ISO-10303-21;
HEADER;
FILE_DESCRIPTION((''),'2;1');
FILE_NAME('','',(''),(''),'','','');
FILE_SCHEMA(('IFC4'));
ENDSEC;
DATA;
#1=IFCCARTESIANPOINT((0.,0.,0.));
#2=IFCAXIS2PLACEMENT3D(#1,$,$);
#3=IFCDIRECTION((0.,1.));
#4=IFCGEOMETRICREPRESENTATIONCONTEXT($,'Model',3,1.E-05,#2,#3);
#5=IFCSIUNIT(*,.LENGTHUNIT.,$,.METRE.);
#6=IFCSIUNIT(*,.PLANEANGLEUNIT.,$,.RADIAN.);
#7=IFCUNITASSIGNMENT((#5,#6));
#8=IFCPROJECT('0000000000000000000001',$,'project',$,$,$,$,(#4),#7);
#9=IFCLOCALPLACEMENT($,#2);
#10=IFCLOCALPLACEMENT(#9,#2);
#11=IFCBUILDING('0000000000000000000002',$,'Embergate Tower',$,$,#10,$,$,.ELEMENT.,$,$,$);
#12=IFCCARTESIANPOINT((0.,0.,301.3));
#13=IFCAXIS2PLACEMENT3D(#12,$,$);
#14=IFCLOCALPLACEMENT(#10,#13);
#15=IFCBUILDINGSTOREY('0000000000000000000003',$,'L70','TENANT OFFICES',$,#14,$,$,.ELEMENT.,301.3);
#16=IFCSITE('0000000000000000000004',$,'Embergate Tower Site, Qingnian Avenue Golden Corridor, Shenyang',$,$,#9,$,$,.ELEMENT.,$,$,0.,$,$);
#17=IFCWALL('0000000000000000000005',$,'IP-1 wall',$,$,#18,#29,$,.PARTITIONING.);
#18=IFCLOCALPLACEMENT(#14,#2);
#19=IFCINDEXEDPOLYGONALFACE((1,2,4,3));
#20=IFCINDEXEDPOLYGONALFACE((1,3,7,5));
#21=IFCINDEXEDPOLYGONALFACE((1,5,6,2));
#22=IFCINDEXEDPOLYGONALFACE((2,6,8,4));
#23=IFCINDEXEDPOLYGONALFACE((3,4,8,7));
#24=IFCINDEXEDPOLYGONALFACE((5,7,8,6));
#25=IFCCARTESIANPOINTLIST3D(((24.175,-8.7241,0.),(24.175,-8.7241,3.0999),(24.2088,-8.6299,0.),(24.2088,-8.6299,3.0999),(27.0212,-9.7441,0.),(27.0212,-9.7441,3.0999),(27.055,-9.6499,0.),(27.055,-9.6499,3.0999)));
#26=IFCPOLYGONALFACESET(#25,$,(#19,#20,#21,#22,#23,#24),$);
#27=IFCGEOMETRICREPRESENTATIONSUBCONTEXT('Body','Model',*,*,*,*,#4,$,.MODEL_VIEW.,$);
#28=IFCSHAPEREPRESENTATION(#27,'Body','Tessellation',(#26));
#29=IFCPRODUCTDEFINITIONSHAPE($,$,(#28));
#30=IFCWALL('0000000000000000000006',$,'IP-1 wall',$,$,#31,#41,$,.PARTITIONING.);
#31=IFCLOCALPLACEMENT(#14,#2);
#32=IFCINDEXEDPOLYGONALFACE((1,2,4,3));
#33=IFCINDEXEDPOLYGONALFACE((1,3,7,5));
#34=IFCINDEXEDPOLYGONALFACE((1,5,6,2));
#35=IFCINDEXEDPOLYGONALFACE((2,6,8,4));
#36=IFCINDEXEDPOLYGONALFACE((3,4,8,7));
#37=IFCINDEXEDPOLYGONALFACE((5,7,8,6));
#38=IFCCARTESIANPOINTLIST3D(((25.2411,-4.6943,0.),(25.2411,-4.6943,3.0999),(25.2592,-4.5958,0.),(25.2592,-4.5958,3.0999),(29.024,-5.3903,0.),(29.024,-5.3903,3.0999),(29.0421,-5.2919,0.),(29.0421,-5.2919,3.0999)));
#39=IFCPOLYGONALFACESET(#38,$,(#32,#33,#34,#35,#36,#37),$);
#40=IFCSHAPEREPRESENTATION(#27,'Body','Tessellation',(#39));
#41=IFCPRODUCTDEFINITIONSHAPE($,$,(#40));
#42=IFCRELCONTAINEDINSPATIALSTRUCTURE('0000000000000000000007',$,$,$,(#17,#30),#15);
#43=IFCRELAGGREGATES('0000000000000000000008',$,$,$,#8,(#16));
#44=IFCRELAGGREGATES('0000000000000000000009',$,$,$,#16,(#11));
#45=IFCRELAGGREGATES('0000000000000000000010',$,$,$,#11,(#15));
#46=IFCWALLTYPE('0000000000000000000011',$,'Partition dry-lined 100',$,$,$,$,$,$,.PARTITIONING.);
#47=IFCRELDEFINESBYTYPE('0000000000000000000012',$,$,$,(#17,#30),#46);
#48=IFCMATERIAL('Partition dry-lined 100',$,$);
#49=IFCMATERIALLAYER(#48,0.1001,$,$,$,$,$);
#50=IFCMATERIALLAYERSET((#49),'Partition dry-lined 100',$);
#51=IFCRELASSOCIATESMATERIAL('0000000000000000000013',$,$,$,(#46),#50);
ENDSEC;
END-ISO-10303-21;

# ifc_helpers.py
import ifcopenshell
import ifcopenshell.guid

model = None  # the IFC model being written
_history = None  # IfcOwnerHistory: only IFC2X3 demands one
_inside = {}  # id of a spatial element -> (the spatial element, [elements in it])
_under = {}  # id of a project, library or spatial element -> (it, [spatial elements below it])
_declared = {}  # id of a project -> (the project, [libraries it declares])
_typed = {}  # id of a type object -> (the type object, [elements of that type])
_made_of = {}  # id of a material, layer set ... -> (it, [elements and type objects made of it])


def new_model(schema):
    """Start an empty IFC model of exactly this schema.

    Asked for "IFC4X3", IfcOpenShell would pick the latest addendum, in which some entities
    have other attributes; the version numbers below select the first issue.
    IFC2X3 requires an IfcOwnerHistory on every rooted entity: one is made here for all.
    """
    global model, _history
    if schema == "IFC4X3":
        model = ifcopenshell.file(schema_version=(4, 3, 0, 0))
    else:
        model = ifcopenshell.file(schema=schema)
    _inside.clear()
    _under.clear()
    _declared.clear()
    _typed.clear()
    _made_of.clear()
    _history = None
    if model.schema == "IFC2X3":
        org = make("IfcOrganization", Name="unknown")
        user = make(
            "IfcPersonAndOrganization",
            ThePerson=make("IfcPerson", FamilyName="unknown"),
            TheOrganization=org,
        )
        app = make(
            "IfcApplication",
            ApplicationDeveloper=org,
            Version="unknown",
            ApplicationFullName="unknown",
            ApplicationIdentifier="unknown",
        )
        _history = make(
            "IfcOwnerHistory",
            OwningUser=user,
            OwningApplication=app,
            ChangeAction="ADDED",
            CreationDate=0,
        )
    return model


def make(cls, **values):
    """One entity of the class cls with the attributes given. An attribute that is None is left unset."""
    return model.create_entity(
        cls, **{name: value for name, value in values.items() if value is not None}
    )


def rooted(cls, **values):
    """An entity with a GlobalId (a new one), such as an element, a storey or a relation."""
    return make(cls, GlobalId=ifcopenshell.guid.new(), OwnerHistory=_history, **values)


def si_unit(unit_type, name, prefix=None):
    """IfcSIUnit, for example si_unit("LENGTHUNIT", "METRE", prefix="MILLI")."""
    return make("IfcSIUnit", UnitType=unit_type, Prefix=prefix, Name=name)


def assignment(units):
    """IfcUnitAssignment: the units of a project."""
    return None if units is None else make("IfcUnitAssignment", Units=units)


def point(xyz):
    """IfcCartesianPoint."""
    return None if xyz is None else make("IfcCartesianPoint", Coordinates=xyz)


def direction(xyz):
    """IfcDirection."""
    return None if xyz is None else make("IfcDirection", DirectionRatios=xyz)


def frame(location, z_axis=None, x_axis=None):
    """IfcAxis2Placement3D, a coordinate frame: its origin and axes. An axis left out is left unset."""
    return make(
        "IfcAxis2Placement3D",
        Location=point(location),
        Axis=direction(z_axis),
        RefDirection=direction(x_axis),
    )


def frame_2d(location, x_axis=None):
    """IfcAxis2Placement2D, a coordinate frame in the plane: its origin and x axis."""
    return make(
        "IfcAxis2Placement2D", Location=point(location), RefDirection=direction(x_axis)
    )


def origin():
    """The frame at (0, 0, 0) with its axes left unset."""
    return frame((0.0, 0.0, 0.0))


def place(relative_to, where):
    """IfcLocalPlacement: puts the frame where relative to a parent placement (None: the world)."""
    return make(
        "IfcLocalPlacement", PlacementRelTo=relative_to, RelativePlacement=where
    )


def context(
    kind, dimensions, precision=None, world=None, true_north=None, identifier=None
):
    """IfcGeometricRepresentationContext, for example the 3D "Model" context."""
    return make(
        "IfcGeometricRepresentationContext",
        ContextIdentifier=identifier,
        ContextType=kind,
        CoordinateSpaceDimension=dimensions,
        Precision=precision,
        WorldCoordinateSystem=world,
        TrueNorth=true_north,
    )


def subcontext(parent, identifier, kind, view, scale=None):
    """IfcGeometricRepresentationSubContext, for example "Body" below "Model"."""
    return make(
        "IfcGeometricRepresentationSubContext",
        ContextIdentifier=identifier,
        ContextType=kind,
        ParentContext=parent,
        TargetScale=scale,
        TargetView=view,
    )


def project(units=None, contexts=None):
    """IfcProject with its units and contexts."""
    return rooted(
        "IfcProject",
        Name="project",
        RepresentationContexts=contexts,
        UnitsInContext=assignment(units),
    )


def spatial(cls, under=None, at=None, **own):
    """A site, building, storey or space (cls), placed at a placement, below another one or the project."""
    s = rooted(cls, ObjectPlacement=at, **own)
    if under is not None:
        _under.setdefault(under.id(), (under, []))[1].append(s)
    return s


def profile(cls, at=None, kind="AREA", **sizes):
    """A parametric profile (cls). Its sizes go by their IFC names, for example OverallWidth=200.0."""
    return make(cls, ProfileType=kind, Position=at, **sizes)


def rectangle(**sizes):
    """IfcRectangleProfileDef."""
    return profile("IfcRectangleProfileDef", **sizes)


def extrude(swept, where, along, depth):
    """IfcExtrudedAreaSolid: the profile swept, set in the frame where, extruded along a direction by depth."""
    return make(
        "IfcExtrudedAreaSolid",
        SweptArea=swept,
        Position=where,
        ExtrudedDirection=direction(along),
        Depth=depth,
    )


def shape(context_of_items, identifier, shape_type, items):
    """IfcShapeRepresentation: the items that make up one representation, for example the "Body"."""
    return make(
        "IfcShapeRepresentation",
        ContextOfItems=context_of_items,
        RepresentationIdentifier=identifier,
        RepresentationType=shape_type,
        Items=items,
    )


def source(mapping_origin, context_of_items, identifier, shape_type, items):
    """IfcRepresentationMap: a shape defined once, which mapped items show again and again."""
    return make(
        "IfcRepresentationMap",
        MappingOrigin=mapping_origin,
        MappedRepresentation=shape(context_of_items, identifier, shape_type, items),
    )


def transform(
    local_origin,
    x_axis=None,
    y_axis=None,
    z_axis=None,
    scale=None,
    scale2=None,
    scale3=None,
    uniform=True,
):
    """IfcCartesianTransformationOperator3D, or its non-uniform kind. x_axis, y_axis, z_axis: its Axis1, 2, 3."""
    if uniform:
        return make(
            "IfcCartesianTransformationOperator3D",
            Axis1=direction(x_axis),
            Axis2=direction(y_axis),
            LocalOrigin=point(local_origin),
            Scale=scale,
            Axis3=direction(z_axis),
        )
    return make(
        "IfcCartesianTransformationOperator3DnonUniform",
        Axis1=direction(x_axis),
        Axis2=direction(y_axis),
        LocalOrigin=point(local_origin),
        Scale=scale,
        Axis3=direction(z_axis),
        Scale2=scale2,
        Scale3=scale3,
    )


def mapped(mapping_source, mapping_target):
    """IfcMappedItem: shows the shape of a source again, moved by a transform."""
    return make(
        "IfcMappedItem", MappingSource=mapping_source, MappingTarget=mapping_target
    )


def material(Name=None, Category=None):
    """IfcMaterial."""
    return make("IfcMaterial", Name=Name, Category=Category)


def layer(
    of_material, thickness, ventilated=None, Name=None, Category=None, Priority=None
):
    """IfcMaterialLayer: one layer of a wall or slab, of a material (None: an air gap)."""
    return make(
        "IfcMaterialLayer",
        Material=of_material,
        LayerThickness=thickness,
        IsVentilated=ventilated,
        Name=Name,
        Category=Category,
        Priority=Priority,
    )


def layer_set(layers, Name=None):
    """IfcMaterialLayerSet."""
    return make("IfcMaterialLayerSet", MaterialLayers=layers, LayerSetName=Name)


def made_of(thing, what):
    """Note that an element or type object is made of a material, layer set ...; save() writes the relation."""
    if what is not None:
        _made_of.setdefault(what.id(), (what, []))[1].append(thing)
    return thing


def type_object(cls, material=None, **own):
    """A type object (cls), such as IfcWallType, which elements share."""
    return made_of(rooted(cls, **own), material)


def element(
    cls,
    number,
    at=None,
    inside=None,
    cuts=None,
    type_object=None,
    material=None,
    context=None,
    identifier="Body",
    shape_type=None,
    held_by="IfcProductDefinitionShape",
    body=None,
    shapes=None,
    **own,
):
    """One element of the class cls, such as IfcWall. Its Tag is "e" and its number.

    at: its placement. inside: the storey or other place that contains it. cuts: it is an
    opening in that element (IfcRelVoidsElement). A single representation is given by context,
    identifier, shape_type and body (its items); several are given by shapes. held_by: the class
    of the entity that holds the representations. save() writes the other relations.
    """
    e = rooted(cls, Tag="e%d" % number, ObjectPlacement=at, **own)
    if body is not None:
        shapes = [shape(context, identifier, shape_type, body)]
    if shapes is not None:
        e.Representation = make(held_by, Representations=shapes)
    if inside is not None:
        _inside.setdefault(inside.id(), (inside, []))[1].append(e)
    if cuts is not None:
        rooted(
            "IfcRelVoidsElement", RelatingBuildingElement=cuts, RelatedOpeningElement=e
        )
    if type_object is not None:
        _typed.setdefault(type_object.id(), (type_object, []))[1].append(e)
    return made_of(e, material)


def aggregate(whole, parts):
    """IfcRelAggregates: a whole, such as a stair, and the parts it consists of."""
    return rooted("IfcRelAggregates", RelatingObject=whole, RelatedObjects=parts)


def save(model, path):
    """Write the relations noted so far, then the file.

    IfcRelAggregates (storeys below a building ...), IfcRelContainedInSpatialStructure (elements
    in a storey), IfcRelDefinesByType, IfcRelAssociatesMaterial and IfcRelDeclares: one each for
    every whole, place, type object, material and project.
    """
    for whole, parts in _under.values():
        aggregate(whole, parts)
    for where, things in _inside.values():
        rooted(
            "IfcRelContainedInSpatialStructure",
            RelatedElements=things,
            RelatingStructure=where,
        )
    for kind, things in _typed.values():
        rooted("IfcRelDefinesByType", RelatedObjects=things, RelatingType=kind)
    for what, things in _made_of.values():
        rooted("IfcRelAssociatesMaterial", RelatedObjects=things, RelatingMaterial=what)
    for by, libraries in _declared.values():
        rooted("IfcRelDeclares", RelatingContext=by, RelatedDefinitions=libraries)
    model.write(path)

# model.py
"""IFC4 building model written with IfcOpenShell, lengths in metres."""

from ifc_helpers import new_model, si_unit, direction, frame, frame_2d, origin, place, context, subcontext, project, spatial, rectangle, extrude, source, transform, mapped, material, layer, layer_set, type_object, element, save


model = new_model("IFC4")

# Units and contexts
model_context = context("Model", 3, precision=1e-05, world=origin(), true_north=direction((0.0, 1.0)))
body_context = subcontext(model_context, "Body", "Model", "MODEL_VIEW")
ifc_project = project(units=[si_unit("LENGTHUNIT", "METRE"), si_unit("PLANEANGLEUNIT", "RADIAN")], contexts=[model_context])

# Site, building, storey
site_placement = place(None, origin())
site = spatial("IfcSite", under=ifc_project, at=site_placement, Name="Embergate Tower Site, Qingnian Avenue Golden Corridor, Shenyang", CompositionType="ELEMENT", RefElevation=0.0)
building_placement = place(site_placement, origin())
building = spatial("IfcBuilding", under=site, at=building_placement, Name="Embergate Tower", CompositionType="ELEMENT")
storey_placement = place(building_placement, frame((0.0, 0.0, 301.3)))
storey = spatial("IfcBuildingStorey", under=building, at=storey_placement, Name="L70", Description="TENANT OFFICES", CompositionType="ELEMENT", Elevation=301.3)

# Walls
ifc_material_1 = material(Name="Partition dry-lined 100")
ifc_layer_1 = layer(ifc_material_1, 0.1001)
ifc_layer_set_1 = layer_set([ifc_layer_1], Name="Partition dry-lined 100")
wall_type = type_object("IfcWallType", Name="Partition dry-lined 100", PredefinedType="PARTITIONING", material=ifc_layer_set_1)
shared_shape_1 = source(origin(), body_context, "Body", "SweptSolid", [
    extrude(rectangle(XDim=3.0234, YDim=0.1001, at=frame_2d((1.5117, 0.0))), origin(), (0.0, 0.0, 1.0), 3.0999),
])
wall_1_placement = place(storey_placement, frame((24.1919, -8.677, 0.0), z_axis=(0.0, 0.0, 1.0), x_axis=(0.941372, -0.337369, 0.0)))
element("IfcWall", 1, at=wall_1_placement, inside=storey, type_object=wall_type, Name="IP-1 wall", PredefinedType="PARTITIONING", context=body_context, shape_type="MappedRepresentation", body=[
    mapped(shared_shape_1, transform((0.0, 0.0, 0.0))),
])
shared_shape_2 = source(origin(), body_context, "Body", "SweptSolid", [
    extrude(rectangle(XDim=3.8464, YDim=0.1001, at=frame_2d((1.9233, 0.0))), origin(), (0.0, 0.0, 1.0), 3.0999),
])
wall_2_placement = place(storey_placement, frame((25.25, -4.645, 0.0), z_axis=(0.0, 0.0, 1.0), x_axis=(0.983491, -0.180957, 0.0)))
element("IfcWall", 2, at=wall_2_placement, inside=storey, type_object=wall_type, Name="IP-1 wall", PredefinedType="PARTITIONING", context=body_context, shape_type="MappedRepresentation", body=[
    mapped(shared_shape_2, transform((0.0, 0.0, 0.0))),
])

save(model, "model.ifc")
